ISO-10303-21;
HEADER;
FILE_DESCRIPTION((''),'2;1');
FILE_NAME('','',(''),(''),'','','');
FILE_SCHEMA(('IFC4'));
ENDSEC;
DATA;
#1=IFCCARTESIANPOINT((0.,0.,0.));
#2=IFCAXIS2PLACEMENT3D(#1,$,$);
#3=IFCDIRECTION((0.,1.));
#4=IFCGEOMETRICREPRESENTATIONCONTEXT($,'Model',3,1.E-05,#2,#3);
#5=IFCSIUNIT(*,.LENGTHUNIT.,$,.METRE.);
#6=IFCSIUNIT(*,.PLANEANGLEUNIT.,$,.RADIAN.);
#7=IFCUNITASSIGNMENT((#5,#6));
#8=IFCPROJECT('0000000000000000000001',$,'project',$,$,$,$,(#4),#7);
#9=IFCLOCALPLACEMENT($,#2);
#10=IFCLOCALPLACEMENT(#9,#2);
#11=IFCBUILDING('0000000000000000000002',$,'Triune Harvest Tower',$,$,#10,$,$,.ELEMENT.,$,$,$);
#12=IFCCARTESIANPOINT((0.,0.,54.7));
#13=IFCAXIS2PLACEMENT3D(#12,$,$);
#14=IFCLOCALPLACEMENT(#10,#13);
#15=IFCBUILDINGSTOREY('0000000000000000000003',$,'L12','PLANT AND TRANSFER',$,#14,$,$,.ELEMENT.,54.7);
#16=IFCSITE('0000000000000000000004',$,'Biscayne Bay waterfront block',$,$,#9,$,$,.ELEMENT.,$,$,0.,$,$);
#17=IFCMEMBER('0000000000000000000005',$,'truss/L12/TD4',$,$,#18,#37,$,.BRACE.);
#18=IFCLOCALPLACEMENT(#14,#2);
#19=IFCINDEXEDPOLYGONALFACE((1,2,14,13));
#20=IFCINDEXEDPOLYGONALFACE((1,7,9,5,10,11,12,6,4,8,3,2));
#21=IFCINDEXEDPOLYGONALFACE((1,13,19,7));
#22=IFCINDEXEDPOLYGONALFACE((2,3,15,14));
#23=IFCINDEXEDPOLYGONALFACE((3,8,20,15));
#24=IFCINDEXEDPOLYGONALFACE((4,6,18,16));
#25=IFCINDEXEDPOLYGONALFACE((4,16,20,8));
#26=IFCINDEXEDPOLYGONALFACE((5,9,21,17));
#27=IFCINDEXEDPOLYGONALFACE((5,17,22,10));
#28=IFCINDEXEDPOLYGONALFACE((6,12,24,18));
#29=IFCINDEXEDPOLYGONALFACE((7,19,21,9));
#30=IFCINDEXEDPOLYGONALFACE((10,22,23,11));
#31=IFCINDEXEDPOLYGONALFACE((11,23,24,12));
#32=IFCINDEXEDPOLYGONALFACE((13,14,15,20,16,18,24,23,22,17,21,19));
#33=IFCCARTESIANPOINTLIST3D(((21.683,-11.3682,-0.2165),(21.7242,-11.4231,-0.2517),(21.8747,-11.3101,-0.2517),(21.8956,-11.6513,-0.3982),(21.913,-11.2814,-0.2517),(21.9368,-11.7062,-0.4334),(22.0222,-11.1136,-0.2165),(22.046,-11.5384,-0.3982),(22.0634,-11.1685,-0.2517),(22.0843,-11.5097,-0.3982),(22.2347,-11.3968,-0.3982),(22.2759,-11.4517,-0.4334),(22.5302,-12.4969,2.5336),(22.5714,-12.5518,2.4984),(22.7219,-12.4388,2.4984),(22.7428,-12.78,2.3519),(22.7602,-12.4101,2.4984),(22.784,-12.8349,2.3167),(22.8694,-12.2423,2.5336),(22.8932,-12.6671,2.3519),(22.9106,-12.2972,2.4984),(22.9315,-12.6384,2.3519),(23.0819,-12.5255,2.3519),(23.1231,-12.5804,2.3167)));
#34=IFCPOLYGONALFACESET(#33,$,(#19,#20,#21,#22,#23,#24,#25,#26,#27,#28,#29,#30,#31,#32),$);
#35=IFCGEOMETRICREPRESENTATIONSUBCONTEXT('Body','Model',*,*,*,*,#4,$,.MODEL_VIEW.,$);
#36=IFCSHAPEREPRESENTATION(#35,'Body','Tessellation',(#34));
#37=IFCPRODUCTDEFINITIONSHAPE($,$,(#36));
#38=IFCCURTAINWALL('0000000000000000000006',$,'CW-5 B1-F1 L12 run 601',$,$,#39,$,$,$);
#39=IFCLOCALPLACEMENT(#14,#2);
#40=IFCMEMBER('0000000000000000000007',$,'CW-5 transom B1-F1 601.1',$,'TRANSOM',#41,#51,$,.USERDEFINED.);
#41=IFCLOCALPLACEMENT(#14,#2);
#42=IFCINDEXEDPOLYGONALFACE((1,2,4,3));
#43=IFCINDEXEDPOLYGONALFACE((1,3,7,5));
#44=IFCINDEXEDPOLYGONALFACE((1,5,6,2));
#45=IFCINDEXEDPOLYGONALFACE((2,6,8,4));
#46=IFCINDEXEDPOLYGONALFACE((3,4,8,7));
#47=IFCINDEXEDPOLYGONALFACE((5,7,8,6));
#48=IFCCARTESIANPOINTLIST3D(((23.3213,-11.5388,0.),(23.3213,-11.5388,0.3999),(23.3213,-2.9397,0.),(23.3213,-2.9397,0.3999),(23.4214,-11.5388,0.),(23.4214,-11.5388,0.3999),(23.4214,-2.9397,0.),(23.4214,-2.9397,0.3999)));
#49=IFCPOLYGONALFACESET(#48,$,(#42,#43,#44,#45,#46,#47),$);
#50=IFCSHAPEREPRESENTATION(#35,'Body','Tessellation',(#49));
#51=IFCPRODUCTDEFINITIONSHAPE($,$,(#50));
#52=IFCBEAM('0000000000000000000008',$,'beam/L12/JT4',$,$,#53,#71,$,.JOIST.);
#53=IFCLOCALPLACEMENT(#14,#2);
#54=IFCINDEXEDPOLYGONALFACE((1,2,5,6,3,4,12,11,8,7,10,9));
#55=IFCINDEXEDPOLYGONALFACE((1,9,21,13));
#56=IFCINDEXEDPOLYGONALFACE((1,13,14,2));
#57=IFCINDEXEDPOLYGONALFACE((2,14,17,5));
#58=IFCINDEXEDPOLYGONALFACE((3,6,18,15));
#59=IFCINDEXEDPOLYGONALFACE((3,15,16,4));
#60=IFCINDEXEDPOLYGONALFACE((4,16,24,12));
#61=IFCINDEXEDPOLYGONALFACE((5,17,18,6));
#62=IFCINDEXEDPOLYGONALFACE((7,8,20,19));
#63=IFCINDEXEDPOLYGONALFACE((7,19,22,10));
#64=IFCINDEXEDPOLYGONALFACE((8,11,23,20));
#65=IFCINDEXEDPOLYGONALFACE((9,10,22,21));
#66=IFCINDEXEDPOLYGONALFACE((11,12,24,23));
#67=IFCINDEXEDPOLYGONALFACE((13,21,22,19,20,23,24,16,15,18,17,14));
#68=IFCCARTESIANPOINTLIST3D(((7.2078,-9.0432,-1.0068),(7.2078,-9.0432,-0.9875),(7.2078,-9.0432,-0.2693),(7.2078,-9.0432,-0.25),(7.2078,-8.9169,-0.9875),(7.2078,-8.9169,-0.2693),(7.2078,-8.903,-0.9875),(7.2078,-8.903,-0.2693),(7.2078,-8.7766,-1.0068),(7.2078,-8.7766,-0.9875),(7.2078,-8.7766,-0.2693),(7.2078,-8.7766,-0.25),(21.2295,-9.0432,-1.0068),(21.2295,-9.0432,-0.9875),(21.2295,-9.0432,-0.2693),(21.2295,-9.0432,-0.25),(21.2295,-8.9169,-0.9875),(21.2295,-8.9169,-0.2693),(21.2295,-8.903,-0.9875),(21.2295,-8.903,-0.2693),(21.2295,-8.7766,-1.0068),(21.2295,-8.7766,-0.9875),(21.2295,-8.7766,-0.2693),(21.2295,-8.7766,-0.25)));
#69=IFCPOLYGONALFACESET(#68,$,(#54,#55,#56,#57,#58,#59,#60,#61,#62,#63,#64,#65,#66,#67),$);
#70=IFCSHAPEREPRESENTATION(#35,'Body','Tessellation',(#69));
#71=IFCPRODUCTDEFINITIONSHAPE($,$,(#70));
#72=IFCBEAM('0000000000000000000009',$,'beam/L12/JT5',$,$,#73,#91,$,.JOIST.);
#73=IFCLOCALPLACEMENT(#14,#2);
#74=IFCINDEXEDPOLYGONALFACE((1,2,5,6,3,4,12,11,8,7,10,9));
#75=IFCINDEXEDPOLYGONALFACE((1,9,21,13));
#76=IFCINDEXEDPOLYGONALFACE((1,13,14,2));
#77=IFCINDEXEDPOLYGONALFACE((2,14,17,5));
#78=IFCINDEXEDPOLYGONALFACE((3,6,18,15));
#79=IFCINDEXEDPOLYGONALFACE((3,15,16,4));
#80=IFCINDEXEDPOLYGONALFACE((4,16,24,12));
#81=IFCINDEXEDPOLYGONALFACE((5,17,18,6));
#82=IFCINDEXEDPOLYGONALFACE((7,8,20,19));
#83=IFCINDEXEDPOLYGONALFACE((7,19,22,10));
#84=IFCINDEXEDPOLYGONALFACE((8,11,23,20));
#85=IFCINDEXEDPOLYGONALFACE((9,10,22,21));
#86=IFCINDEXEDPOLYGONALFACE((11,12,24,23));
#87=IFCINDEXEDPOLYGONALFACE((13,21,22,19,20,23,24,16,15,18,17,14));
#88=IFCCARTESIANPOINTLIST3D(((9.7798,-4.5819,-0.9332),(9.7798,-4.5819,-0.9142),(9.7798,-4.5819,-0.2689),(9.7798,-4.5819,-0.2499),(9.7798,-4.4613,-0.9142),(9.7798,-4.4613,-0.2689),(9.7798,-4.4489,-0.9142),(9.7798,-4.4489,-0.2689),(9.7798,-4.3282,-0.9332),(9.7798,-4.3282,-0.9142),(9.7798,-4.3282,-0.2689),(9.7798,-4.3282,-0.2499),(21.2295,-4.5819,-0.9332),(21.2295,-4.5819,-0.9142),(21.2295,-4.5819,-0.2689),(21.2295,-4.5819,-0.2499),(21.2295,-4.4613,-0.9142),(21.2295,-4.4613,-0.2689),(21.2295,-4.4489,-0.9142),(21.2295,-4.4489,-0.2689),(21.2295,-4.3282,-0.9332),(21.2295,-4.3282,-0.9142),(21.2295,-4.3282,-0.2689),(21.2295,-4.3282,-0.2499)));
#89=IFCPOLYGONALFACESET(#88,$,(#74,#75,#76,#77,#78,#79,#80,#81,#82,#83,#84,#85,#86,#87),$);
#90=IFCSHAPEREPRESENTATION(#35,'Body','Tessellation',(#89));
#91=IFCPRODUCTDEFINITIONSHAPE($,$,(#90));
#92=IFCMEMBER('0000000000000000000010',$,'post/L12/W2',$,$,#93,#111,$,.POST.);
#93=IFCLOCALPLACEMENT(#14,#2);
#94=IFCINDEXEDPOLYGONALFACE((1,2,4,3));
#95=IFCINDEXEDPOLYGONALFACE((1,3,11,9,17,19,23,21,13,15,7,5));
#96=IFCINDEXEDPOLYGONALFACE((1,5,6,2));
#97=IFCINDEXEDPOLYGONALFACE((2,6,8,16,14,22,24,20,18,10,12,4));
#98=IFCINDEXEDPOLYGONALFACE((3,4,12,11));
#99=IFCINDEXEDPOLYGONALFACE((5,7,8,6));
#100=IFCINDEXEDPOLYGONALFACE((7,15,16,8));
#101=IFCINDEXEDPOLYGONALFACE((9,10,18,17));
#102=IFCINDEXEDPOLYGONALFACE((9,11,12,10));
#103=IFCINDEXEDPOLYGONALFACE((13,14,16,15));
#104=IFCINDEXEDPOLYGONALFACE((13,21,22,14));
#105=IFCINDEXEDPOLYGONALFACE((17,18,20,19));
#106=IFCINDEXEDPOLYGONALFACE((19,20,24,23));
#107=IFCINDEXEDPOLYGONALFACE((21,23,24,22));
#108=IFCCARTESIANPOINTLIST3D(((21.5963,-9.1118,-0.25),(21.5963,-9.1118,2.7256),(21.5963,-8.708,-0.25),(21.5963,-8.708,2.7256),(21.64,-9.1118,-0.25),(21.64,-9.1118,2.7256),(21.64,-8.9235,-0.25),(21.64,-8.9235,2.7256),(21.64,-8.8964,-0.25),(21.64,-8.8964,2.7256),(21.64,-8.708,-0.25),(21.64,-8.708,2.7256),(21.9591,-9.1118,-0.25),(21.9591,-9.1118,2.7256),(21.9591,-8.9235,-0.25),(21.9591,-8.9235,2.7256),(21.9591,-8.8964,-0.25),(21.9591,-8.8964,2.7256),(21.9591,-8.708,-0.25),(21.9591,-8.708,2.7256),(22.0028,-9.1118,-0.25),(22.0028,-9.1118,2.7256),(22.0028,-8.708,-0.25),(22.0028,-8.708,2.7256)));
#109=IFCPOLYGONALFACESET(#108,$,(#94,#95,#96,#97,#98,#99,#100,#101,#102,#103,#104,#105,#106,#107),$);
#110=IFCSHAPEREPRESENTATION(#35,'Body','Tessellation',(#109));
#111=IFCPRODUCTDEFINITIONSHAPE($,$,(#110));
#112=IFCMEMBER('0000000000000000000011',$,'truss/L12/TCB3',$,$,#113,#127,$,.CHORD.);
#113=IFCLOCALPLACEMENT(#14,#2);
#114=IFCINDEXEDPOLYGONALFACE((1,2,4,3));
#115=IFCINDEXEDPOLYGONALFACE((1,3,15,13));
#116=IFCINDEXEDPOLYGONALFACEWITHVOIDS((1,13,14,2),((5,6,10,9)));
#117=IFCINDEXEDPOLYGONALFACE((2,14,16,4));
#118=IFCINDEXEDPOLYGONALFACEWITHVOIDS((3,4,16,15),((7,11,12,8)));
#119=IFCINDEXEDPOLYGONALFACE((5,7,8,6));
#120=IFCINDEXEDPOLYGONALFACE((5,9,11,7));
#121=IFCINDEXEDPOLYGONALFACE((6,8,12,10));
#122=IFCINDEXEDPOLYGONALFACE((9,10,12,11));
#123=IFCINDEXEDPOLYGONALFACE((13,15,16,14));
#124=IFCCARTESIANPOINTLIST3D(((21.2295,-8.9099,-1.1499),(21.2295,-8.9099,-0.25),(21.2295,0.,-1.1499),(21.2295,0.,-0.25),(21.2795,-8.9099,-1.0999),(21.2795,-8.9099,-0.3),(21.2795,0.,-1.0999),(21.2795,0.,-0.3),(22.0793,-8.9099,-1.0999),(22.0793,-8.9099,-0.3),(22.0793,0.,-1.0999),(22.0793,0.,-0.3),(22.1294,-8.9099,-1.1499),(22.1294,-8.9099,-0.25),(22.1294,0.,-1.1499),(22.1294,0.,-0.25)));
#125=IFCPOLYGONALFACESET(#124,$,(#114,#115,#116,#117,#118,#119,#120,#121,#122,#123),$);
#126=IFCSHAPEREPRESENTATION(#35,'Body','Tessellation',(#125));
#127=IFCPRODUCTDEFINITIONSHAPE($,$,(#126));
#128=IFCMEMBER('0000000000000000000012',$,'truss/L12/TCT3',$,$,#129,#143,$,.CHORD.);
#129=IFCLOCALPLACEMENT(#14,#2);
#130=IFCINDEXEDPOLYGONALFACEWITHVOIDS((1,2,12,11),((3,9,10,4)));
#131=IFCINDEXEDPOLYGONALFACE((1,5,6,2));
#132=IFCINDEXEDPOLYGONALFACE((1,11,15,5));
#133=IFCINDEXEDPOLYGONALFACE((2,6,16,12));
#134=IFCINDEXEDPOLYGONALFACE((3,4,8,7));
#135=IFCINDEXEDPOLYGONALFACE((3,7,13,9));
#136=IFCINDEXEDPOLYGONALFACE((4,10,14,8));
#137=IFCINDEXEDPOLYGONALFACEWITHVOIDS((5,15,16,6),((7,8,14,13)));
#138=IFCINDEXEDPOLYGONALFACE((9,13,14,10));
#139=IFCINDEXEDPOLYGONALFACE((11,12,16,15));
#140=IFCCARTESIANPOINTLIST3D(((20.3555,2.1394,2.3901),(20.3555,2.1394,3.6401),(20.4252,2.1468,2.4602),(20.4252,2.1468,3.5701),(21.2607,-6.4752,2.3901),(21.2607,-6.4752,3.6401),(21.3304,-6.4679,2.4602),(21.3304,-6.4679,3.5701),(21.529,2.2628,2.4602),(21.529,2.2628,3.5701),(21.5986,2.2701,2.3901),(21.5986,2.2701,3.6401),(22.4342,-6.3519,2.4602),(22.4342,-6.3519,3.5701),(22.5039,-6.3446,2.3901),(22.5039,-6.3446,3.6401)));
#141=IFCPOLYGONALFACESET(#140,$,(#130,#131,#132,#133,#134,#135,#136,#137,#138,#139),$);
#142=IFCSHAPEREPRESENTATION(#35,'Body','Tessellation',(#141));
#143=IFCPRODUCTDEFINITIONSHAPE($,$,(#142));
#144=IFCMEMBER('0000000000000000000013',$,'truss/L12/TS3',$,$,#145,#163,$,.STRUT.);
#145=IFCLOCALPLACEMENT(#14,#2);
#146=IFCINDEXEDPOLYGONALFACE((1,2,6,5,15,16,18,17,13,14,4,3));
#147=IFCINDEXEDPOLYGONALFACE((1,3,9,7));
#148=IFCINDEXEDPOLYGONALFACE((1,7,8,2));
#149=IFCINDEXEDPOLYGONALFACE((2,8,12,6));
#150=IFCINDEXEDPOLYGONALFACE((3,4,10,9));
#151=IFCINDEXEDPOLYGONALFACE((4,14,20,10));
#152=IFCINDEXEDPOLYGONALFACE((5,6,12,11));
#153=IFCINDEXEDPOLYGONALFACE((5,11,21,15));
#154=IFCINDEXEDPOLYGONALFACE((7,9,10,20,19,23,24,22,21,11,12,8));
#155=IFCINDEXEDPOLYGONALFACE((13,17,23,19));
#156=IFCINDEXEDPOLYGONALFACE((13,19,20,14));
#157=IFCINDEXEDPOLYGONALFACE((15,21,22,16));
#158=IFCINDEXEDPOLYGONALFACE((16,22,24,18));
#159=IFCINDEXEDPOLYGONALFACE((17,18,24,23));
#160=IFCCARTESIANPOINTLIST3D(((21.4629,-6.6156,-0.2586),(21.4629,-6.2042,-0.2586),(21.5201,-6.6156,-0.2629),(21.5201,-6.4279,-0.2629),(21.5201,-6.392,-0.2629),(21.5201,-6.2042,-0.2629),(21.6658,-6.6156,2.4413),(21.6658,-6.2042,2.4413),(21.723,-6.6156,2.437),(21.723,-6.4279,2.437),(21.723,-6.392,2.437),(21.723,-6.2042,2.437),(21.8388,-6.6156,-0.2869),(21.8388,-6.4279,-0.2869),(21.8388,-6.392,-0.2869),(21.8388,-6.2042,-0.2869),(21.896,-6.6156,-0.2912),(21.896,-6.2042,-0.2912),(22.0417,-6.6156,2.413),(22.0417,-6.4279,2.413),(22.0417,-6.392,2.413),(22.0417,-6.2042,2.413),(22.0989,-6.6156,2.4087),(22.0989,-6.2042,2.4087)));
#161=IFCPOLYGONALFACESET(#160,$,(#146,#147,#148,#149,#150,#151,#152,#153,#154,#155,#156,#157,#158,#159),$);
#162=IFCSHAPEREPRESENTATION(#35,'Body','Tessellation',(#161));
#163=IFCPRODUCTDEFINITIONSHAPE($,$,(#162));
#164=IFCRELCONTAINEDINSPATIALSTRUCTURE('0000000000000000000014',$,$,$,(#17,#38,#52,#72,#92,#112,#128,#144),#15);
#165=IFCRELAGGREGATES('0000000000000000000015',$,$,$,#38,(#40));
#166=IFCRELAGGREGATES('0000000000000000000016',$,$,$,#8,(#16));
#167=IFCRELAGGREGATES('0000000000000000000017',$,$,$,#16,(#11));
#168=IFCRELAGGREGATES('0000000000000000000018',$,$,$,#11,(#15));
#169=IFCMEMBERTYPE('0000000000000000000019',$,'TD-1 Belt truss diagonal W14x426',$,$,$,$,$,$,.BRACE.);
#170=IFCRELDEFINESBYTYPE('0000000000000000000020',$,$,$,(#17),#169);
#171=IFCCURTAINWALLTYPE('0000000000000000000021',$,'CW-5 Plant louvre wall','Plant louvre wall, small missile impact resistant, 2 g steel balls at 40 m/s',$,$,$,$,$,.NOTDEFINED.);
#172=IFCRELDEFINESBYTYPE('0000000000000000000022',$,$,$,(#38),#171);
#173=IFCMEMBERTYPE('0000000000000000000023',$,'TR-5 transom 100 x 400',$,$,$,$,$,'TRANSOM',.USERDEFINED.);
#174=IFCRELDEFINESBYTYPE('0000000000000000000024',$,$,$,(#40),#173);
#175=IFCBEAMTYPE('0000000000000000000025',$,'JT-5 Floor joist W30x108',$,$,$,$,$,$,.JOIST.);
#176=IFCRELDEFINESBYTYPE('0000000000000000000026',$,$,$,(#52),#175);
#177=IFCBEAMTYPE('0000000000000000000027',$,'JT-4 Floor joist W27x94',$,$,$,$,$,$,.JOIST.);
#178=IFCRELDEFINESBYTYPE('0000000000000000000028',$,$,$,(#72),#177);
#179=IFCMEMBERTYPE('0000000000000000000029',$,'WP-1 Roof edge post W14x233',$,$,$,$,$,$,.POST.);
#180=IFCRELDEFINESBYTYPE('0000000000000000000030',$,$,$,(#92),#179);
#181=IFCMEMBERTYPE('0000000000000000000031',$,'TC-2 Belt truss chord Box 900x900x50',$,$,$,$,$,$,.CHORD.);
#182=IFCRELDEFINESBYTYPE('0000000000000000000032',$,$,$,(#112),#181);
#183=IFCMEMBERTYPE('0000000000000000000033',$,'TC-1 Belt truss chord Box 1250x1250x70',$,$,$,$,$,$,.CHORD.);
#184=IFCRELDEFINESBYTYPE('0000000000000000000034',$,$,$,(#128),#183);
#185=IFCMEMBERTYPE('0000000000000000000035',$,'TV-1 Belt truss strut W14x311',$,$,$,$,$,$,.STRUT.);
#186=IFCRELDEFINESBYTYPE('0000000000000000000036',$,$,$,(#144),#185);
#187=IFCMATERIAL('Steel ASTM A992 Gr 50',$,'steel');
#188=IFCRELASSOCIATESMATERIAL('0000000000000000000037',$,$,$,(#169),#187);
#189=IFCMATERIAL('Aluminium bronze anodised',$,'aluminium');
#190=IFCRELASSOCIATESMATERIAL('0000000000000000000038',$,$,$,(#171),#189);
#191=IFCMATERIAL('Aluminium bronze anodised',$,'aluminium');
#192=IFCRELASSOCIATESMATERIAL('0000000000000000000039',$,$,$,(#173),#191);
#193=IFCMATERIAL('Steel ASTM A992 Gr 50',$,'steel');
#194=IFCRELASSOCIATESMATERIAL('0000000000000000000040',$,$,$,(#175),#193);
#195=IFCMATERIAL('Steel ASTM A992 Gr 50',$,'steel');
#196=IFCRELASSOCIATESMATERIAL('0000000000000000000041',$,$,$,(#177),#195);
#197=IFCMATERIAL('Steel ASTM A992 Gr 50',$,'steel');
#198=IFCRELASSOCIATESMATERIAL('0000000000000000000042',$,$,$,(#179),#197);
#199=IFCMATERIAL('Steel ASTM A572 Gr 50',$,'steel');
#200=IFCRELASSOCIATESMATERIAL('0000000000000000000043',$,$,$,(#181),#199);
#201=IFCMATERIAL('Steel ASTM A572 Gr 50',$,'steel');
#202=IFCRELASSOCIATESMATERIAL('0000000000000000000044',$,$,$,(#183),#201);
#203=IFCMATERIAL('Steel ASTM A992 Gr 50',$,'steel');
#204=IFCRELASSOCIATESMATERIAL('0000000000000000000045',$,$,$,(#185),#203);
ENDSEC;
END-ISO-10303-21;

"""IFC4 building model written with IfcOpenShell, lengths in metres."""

from ifc_helpers import new_model, si_unit, direction, frame, origin, origin_2d, place, context, subcontext, project, spatial, rectangle, hollow_rectangle, i_section, extrude, source, transform, mapped, material, material_profile, profile_set, type_object, element, aggregate, save


model = new_model("IFC4")

# Units and contexts
model_context = context("Model", 3, precision=1e-05, world=origin(), true_north=direction((0.0, 1.0)))
body_context = subcontext(model_context, "Body", "Model", "MODEL_VIEW")
ifc_project = project(units=[si_unit("LENGTHUNIT", "METRE"), si_unit("PLANEANGLEUNIT", "RADIAN")], contexts=[model_context])

# Site, building, storey
site_placement = place(None, origin())
site = spatial("IfcSite", under=ifc_project, at=site_placement, Name="Biscayne Bay waterfront block", CompositionType="ELEMENT", RefElevation=0.0)
building_placement = place(site_placement, origin())
building = spatial("IfcBuilding", under=site, at=building_placement, Name="Triune Harvest Tower", CompositionType="ELEMENT")
storey_placement = place(building_placement, frame((0.0, 0.0, 54.7)))
storey = spatial("IfcBuildingStorey", under=building, at=storey_placement, Name="L12", Description="PLANT AND TRANSFER", CompositionType="ELEMENT", Elevation=54.7)

# Member
ifc_material_1 = material(Name="Steel ASTM A992 Gr 50", Category="steel")
ifc_material_profile_1 = material_profile(ifc_material_1, i_section(OverallWidth=0.4241, OverallDepth=0.4751, WebThickness=0.0479, FlangeThickness=0.0771, at=origin_2d()), Name="W14x426")
ifc_profile_set_1 = profile_set([ifc_material_profile_1], Name="Steel ASTM A992 Gr 50")
member_type_1 = type_object("IfcMemberType", Name="TD-1 Belt truss diagonal W14x426", PredefinedType="BRACE", material=ifc_profile_set_1)
member_1_placement = place(storey_placement, frame((21.9795, -11.4099, -0.325), z_axis=(0.274079, -0.365149, 0.889689), x_axis=(0.799772, 0.600304, 0.0)))
element("IfcMember", 1, at=member_1_placement, inside=storey, type_object=member_type_1, Name="truss/L12/TD4", PredefinedType="BRACE", context=body_context, shape_type="SweptSolid", body=[
    extrude(i_section(OverallWidth=0.4241, OverallDepth=0.4751, WebThickness=0.0479, FlangeThickness=0.0771, at=origin_2d()), origin(), (0.0, 0.0, 1.0), 3.0911),
])

# Curtain wall, member
ifc_material_2 = material(Name="Aluminium bronze anodised", Category="aluminium")
curtain_wall_type = type_object("IfcCurtainWallType", Name="CW-5 Plant louvre wall", Description="Plant louvre wall, small missile impact resistant, 2 g steel balls at 40 m/s", PredefinedType="NOTDEFINED", material=ifc_material_2)
curtain_wall_1_placement = place(storey_placement, origin())
curtain_wall_1 = element("IfcCurtainWall", 2, at=curtain_wall_1_placement, inside=storey, type_object=curtain_wall_type, Name="CW-5 B1-F1 L12 run 601")
ifc_material_3 = material(Name="Aluminium bronze anodised", Category="aluminium")
ifc_material_profile_2 = material_profile(ifc_material_3, rectangle(XDim=0.1001, YDim=0.3999, at=origin_2d()), Name="TR-5 transom 100 x 400")
ifc_profile_set_2 = profile_set([ifc_material_profile_2], Name="Aluminium bronze anodised")
member_type_2 = type_object("IfcMemberType", Name="TR-5 transom 100 x 400", ElementType="TRANSOM", PredefinedType="USERDEFINED", material=ifc_profile_set_2)
member_2_placement = place(storey_placement, frame((23.3713, -11.5388, 0.2), z_axis=(0.0, 1.0, 0.0), x_axis=(-1.0, 0.0, 0.0)))
member_2 = element("IfcMember", 3, at=member_2_placement, type_object=member_type_2, Name="CW-5 transom B1-F1 601.1", ObjectType="TRANSOM", PredefinedType="USERDEFINED", context=body_context, shape_type="SweptSolid", body=[
    extrude(rectangle(XDim=0.1001, YDim=0.3999, at=origin_2d()), origin(), (0.0, 0.0, 1.0), 8.5991),
])

# Beams
ifc_material_4 = material(Name="Steel ASTM A992 Gr 50", Category="steel")
ifc_material_profile_3 = material_profile(ifc_material_4, i_section(OverallWidth=0.2666, OverallDepth=0.7568, WebThickness=0.0139, FlangeThickness=0.0193, at=origin_2d()), Name="W30x108")
ifc_profile_set_3 = profile_set([ifc_material_profile_3], Name="Steel ASTM A992 Gr 50")
beam_type_1 = type_object("IfcBeamType", Name="JT-5 Floor joist W30x108", PredefinedType="JOIST", material=ifc_profile_set_3)
shared_shape_1 = source(origin(), body_context, "Body", "SweptSolid", [
    extrude(i_section(OverallWidth=0.2666, OverallDepth=0.7568, WebThickness=0.0139, FlangeThickness=0.0193, at=origin_2d()), origin(), (0.0, 0.0, 1.0), 14.0217),
])
beam_1_placement = place(storey_placement, frame((21.2295, -8.9099, -0.6284), z_axis=(-1.0, 0.0, 0.0), x_axis=(0.0, -1.0, 0.0)))
element("IfcBeam", 4, at=beam_1_placement, inside=storey, type_object=beam_type_1, Name="beam/L12/JT4", PredefinedType="JOIST", context=body_context, shape_type="MappedRepresentation", body=[
    mapped(shared_shape_1, transform((0.0, 0.0, 0.0), scale=1.0)),
])
ifc_material_5 = material(Name="Steel ASTM A992 Gr 50", Category="steel")
ifc_material_profile_4 = material_profile(ifc_material_5, i_section(OverallWidth=0.2537, OverallDepth=0.6833, WebThickness=0.0125, FlangeThickness=0.019, at=origin_2d()), Name="W27x94")
ifc_profile_set_4 = profile_set([ifc_material_profile_4], Name="Steel ASTM A992 Gr 50")
beam_type_2 = type_object("IfcBeamType", Name="JT-4 Floor joist W27x94", PredefinedType="JOIST", material=ifc_profile_set_4)
shared_shape_2 = source(origin(), body_context, "Body", "SweptSolid", [
    extrude(i_section(OverallWidth=0.2537, OverallDepth=0.6833, WebThickness=0.0125, FlangeThickness=0.019, at=origin_2d()), origin(), (0.0, 0.0, 1.0), 11.4497),
])
beam_2_placement = place(storey_placement, frame((21.2295, -4.4551, -0.5916), z_axis=(-1.0, 0.0, 0.0), x_axis=(0.0, -1.0, 0.0)))
element("IfcBeam", 5, at=beam_2_placement, inside=storey, type_object=beam_type_2, Name="beam/L12/JT5", PredefinedType="JOIST", context=body_context, shape_type="MappedRepresentation", body=[
    mapped(shared_shape_2, transform((0.0, 0.0, 0.0), scale=1.0)),
])

# Members
ifc_material_6 = material(Name="Steel ASTM A992 Gr 50", Category="steel")
ifc_material_profile_5 = material_profile(ifc_material_6, i_section(OverallWidth=0.4038, OverallDepth=0.4065, WebThickness=0.0271, FlangeThickness=0.0437, at=origin_2d()), Name="W14x233")
ifc_profile_set_5 = profile_set([ifc_material_profile_5], Name="Steel ASTM A992 Gr 50")
member_type_3 = type_object("IfcMemberType", Name="WP-1 Roof edge post W14x233", PredefinedType="POST", material=ifc_profile_set_5)
shared_shape_3 = source(origin(), body_context, "Body", "SweptSolid", [
    extrude(i_section(OverallWidth=0.4038, OverallDepth=0.4065, WebThickness=0.0271, FlangeThickness=0.0437, at=origin_2d()), origin(), (0.0, 0.0, 1.0), 2.9756),
])
member_3_placement = place(storey_placement, frame((21.7996, -8.9099, -0.25), z_axis=(0.0, 0.0, 1.0), x_axis=(0.0, 1.0, 0.0)))
element("IfcMember", 6, at=member_3_placement, inside=storey, type_object=member_type_3, Name="post/L12/W2", PredefinedType="POST", context=body_context, shape_type="MappedRepresentation", body=[
    mapped(shared_shape_3, transform((0.0, 0.0, 0.0), scale=1.0)),
])
ifc_material_7 = material(Name="Steel ASTM A572 Gr 50", Category="steel")
ifc_material_profile_6 = material_profile(ifc_material_7, hollow_rectangle(XDim=0.8999, YDim=0.8999, WallThickness=0.05, at=origin_2d()), Name="Box 900x900x50")
ifc_profile_set_6 = profile_set([ifc_material_profile_6], Name="Steel ASTM A572 Gr 50")
member_type_4 = type_object("IfcMemberType", Name="TC-2 Belt truss chord Box 900x900x50", PredefinedType="CHORD", material=ifc_profile_set_6)
shared_shape_4 = source(origin(), body_context, "Body", "SweptSolid", [
    extrude(hollow_rectangle(XDim=0.8999, YDim=0.8999, WallThickness=0.05, at=origin_2d()), origin(), (0.0, 0.0, 1.0), 8.9099),
])
member_4_placement = place(storey_placement, frame((21.6794, -8.9099, -0.7), z_axis=(0.0, 1.0, 0.0), x_axis=(-1.0, 0.0, 0.0)))
element("IfcMember", 7, at=member_4_placement, inside=storey, type_object=member_type_4, Name="truss/L12/TCB3", PredefinedType="CHORD", context=body_context, shape_type="MappedRepresentation", body=[
    mapped(shared_shape_4, transform((0.0, 0.0, 0.0), scale=1.0)),
])
ifc_material_8 = material(Name="Steel ASTM A572 Gr 50", Category="steel")
ifc_material_profile_7 = material_profile(ifc_material_8, hollow_rectangle(XDim=1.25, YDim=1.25, WallThickness=0.0701, at=origin_2d()), Name="Box 1250x1250x70")
ifc_profile_set_7 = profile_set([ifc_material_profile_7], Name="Steel ASTM A572 Gr 50")
member_type_5 = type_object("IfcMemberType", Name="TC-1 Belt truss chord Box 1250x1250x70", PredefinedType="CHORD", material=ifc_profile_set_7)
shared_shape_5 = source(origin(), body_context, "Body", "SweptSolid", [
    extrude(hollow_rectangle(XDim=1.25, YDim=1.25, WallThickness=0.0701, at=origin_2d()), origin(), (0.0, 0.0, 1.0), 8.6621),
])
member_5_placement = place(storey_placement, frame((21.8823, -6.4099, 3.0151), z_axis=(-0.104509, 0.994524, 0.0), x_axis=(-0.994524, -0.104509, 0.0)))
element("IfcMember", 8, at=member_5_placement, inside=storey, type_object=member_type_5, Name="truss/L12/TCT3", PredefinedType="CHORD", context=body_context, shape_type="MappedRepresentation", body=[
    mapped(shared_shape_5, transform((0.0, 0.0, 0.0), scale=1.0)),
])
ifc_material_9 = material(Name="Steel ASTM A992 Gr 50", Category="steel")
ifc_material_profile_8 = material_profile(ifc_material_9, i_section(OverallWidth=0.4114, OverallDepth=0.4343, WebThickness=0.0359, FlangeThickness=0.0574, at=origin_2d()), Name="W14x311")
ifc_profile_set_8 = profile_set([ifc_material_profile_8], Name="Steel ASTM A992 Gr 50")
member_type_6 = type_object("IfcMemberType", Name="TV-1 Belt truss strut W14x311", PredefinedType="STRUT", material=ifc_profile_set_8)
shared_shape_6 = source(origin(), body_context, "Body", "SweptSolid", [
    extrude(i_section(OverallWidth=0.4114, OverallDepth=0.4343, WebThickness=0.0359, FlangeThickness=0.0574, at=origin_2d()), origin(), (0.0, 0.0, 1.0), 2.7075),
])
member_6_placement = place(storey_placement, frame((21.6794, -6.4099, -0.2749), z_axis=(0.074931, 0.0, 0.997189), x_axis=(0.0, 1.0, 0.0)))
element("IfcMember", 9, at=member_6_placement, inside=storey, type_object=member_type_6, Name="truss/L12/TS3", PredefinedType="STRUT", context=body_context, shape_type="MappedRepresentation", body=[
    mapped(shared_shape_6, transform((0.0, 0.0, 0.0), scale=1.0)),
])

aggregate(curtain_wall_1, [member_2])

save(model, "model.ifc")
